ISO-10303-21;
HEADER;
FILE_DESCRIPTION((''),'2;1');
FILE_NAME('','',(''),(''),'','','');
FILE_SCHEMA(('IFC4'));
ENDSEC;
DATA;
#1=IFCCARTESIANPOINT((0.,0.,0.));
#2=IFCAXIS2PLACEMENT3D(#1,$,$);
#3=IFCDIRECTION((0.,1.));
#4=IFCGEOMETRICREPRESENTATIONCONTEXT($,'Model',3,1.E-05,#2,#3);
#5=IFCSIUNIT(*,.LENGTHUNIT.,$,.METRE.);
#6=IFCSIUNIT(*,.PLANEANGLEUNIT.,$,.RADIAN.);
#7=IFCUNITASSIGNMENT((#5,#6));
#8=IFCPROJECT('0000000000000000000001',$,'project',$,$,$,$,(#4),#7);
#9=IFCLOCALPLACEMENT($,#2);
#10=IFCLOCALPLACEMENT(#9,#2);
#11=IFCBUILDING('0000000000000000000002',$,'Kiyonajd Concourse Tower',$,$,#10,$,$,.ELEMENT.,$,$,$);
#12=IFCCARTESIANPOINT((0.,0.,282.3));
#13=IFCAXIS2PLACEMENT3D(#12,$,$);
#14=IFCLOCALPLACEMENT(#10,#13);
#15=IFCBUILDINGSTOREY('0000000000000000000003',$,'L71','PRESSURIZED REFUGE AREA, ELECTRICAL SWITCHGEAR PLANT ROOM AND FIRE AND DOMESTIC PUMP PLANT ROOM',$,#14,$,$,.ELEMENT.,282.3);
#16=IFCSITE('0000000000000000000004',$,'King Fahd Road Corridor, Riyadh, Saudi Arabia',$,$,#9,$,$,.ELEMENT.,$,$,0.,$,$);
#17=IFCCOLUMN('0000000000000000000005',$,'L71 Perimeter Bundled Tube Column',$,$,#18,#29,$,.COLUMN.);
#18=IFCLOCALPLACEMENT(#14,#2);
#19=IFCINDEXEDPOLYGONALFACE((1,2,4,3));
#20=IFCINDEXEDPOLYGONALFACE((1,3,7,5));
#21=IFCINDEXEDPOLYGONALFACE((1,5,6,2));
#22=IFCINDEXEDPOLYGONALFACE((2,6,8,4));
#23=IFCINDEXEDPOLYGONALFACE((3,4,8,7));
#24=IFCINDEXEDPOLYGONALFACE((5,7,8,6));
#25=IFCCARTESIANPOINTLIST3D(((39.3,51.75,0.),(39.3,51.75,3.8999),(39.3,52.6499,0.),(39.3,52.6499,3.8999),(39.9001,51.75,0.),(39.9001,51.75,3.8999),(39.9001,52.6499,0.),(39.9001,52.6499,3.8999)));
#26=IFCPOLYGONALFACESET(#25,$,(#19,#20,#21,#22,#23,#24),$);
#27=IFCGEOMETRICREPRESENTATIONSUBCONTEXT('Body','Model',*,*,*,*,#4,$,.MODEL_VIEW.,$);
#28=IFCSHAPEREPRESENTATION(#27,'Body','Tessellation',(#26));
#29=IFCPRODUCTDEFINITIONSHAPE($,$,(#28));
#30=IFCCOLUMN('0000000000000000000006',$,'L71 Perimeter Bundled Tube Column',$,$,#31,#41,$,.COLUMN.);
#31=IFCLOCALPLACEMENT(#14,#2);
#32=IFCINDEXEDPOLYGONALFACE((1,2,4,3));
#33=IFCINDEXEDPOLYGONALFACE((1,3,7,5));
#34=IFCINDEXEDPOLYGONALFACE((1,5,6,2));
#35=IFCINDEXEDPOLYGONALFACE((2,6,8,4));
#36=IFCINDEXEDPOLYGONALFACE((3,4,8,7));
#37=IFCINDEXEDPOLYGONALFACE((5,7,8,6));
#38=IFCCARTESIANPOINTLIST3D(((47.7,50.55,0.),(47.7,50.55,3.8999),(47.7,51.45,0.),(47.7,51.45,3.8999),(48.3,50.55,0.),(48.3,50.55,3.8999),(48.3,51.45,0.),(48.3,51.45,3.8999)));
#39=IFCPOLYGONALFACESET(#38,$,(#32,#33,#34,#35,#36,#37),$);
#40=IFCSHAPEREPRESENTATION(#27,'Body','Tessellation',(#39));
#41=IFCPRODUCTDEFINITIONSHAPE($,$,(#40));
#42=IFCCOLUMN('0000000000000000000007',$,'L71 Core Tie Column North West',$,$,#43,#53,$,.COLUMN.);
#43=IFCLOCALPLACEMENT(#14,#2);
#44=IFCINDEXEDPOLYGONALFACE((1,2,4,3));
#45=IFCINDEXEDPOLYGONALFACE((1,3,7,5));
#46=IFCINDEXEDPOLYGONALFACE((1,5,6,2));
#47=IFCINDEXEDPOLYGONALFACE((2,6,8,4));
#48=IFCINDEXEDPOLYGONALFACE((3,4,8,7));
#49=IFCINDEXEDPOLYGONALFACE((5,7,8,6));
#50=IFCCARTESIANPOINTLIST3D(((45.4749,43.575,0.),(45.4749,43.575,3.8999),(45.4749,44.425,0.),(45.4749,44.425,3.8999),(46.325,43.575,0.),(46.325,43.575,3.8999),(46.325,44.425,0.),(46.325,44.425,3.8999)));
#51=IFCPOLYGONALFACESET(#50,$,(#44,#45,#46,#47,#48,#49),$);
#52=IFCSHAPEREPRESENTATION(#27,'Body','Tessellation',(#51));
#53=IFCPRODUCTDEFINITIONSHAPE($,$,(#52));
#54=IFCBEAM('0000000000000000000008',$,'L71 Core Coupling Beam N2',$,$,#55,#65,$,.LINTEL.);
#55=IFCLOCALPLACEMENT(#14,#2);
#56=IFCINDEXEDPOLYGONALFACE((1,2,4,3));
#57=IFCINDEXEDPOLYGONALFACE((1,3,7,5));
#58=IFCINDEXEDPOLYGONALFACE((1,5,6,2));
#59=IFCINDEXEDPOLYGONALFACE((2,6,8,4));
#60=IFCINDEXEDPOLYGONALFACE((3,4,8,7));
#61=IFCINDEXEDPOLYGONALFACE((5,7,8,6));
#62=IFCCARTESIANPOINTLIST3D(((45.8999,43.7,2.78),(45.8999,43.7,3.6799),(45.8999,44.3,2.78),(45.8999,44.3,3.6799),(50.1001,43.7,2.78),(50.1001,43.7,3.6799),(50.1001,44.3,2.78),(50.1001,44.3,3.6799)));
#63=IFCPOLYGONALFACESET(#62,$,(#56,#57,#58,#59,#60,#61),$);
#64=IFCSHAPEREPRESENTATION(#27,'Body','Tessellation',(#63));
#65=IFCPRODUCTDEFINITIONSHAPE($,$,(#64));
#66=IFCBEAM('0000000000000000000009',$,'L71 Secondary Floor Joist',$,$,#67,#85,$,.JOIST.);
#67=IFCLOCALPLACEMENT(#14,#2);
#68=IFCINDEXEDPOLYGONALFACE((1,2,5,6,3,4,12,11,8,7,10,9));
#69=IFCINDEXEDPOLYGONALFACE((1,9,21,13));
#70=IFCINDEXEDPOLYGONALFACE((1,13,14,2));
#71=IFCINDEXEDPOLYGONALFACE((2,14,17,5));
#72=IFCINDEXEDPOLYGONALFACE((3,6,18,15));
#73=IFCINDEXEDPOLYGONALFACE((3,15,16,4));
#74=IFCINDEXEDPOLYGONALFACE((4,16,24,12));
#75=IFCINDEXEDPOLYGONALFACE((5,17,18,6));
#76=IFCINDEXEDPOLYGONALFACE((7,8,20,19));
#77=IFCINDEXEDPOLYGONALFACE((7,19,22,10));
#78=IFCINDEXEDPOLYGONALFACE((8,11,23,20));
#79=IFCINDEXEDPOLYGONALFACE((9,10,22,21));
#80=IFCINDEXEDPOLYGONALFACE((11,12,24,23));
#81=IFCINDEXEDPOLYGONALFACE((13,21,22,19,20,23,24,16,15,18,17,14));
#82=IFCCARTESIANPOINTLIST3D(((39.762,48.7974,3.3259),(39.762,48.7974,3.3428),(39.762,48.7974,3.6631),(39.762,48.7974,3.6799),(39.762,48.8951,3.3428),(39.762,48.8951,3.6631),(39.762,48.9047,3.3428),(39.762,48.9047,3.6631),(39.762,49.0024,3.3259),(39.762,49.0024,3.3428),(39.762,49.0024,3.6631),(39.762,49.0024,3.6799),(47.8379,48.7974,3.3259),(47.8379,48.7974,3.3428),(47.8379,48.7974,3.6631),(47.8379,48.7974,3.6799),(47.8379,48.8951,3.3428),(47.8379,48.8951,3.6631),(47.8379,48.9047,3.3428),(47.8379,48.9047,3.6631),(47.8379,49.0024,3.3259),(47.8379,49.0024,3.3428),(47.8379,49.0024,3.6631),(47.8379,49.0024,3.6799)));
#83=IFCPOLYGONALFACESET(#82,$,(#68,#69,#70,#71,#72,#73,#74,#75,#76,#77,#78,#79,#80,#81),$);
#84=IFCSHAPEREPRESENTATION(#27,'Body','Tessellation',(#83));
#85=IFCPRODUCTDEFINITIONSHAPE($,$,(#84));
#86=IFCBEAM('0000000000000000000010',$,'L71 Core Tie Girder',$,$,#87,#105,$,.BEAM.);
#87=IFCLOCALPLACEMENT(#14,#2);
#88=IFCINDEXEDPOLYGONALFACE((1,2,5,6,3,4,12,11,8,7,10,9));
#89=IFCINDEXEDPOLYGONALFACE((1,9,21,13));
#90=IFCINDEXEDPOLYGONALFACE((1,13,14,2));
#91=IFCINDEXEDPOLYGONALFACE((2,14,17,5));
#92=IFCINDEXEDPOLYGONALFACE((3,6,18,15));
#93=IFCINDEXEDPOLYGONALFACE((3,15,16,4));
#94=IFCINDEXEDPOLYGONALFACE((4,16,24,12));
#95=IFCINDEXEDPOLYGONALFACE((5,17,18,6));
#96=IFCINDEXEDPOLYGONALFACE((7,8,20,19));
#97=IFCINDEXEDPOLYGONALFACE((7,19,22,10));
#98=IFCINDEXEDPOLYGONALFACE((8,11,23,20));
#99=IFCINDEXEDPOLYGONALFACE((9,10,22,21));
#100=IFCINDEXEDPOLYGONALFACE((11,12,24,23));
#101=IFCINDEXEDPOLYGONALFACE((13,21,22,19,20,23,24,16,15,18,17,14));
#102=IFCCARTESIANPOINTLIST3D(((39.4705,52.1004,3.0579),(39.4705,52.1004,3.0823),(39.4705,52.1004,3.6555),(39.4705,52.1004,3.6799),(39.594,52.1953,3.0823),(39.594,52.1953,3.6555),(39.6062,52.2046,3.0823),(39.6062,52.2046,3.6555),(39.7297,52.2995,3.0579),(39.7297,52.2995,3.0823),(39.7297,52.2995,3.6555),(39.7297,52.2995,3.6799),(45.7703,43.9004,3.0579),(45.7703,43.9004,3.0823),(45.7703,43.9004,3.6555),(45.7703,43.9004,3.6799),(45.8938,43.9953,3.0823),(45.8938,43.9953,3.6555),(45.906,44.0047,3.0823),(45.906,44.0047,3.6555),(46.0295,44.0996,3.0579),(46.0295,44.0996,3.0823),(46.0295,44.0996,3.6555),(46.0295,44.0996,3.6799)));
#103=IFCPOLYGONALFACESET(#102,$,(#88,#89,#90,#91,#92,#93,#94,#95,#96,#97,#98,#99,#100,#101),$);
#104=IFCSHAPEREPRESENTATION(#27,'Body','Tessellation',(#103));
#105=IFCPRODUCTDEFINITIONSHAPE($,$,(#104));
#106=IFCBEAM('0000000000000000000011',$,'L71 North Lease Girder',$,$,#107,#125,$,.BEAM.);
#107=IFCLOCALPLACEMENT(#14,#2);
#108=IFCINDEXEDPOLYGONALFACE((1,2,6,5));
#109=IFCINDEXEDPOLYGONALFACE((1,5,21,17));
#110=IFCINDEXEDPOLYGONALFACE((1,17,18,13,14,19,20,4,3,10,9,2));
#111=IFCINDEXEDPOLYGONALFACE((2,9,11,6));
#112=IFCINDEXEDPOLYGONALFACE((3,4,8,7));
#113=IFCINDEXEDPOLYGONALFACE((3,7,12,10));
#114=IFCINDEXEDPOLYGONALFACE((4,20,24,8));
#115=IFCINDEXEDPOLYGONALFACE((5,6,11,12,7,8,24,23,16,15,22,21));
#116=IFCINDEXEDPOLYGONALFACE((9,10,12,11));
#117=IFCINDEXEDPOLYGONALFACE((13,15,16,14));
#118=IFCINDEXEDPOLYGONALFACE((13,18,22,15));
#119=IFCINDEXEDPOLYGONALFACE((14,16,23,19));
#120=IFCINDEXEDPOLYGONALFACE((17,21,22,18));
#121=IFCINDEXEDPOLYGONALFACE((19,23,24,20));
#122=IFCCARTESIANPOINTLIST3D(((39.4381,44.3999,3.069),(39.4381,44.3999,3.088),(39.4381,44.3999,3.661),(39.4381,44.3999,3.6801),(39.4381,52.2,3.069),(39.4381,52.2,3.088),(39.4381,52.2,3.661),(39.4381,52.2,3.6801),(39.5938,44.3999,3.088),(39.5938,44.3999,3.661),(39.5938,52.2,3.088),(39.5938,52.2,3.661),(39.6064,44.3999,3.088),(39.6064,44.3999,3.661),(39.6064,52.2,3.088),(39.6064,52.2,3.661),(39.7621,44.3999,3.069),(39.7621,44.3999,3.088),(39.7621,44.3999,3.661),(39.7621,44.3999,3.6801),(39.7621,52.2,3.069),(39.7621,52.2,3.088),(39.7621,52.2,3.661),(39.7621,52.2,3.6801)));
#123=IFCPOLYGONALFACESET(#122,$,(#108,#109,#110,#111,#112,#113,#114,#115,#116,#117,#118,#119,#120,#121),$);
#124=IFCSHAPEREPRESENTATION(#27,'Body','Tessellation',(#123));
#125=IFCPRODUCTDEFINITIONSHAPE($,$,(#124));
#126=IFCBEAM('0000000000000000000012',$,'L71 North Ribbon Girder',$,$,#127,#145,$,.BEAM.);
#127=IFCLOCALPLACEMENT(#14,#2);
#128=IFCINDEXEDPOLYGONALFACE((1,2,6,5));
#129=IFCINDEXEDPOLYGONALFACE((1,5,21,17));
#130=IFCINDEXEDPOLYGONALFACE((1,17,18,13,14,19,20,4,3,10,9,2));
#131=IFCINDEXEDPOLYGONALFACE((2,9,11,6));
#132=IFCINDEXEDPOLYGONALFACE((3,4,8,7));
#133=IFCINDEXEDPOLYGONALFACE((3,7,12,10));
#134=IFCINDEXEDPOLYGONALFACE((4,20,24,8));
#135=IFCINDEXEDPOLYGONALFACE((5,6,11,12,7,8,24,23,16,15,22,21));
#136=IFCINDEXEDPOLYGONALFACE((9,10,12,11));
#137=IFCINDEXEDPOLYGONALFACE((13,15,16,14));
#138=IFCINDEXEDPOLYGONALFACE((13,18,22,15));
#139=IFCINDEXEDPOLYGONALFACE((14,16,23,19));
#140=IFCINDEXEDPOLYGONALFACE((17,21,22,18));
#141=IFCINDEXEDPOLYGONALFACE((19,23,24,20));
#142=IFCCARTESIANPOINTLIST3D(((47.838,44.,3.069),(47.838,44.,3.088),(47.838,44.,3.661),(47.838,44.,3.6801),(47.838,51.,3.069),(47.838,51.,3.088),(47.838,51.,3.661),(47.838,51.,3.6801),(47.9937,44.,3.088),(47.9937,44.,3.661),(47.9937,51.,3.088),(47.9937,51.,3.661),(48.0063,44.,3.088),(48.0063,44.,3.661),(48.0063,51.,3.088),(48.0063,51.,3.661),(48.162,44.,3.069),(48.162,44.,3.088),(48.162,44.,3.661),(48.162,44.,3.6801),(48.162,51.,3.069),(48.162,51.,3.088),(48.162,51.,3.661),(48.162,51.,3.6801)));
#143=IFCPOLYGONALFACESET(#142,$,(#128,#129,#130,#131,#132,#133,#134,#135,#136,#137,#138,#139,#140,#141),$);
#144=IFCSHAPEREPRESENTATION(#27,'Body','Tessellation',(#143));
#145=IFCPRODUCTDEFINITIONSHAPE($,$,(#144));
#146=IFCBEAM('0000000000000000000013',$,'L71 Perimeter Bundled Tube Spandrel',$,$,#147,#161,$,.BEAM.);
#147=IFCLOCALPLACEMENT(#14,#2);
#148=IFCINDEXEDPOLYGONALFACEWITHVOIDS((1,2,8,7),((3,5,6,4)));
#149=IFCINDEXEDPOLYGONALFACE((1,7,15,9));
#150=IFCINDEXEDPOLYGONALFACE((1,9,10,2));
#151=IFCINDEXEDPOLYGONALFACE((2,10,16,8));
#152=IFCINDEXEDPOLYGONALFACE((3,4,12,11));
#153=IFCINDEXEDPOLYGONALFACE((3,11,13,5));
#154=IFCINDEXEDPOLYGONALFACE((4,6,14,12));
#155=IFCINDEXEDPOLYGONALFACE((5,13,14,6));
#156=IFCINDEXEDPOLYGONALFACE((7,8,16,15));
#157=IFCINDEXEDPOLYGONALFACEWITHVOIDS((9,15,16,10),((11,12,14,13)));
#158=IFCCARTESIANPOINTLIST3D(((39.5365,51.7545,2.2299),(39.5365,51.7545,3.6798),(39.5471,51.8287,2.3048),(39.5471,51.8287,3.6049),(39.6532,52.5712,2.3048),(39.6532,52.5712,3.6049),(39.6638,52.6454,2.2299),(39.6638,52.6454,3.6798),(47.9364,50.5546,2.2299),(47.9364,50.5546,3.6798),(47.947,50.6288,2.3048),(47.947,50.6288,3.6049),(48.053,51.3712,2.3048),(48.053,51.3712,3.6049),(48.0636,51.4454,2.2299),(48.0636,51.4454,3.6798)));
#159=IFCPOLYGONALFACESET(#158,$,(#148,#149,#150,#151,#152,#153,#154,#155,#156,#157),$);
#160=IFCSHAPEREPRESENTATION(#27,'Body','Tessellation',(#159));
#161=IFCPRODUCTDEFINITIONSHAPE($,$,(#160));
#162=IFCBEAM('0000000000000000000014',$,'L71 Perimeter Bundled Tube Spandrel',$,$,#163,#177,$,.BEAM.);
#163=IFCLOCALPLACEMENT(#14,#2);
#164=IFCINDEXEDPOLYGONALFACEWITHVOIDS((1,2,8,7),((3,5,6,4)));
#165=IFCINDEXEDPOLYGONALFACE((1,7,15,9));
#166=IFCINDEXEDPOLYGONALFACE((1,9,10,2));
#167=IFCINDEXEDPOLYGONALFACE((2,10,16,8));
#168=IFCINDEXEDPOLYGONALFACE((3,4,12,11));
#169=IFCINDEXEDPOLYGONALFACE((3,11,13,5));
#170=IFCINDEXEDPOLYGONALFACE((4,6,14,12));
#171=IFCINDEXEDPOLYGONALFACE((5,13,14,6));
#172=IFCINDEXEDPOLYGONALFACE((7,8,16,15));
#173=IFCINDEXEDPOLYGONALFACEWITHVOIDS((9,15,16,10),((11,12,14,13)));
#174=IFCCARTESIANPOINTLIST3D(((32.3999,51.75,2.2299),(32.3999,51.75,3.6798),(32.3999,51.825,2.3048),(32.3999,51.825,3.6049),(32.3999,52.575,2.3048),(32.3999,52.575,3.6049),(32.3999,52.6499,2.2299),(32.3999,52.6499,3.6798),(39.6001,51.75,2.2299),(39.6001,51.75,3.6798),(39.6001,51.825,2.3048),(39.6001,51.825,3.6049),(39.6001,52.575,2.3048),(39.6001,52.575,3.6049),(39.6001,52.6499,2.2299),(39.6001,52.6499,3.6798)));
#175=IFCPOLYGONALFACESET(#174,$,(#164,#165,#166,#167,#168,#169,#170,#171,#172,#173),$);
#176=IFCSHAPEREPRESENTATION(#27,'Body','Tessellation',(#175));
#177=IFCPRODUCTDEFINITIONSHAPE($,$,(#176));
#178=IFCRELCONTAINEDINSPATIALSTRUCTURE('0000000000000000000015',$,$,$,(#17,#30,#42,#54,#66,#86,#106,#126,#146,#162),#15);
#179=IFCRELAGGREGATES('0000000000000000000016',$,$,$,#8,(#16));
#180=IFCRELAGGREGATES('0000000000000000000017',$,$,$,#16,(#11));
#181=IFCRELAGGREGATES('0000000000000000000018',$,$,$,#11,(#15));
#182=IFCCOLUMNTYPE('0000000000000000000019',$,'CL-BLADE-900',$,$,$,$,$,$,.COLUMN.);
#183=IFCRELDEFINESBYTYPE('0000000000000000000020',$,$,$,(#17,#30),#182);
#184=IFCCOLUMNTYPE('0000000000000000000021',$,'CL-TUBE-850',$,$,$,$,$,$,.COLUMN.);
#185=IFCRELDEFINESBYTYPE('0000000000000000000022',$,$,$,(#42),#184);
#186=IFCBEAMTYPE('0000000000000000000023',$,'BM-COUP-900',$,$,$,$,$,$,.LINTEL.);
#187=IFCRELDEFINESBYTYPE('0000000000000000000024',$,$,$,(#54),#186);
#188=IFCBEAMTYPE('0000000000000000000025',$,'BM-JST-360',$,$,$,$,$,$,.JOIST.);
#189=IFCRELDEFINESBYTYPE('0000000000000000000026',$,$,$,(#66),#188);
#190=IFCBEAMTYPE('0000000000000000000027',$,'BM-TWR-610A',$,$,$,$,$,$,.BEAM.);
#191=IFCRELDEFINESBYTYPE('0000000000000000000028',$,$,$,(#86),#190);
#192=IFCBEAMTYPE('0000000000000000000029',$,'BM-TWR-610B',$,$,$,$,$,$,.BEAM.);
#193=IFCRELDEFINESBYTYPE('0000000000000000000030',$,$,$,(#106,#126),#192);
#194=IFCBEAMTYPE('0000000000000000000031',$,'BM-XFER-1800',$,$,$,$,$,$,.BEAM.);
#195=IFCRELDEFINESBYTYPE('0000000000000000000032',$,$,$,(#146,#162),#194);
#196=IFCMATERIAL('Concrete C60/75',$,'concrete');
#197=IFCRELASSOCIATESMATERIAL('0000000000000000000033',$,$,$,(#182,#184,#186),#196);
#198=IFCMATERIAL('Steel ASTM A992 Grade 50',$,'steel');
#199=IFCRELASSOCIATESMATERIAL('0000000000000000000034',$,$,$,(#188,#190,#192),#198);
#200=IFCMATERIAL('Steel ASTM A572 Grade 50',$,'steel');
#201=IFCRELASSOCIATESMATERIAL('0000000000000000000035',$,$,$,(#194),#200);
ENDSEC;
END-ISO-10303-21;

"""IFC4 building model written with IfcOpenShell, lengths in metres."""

from ifc_helpers import new_model, si_unit, direction, frame, origin, origin_2d, place, context, subcontext, project, spatial, rectangle, hollow_rectangle, i_section, extrude, material, material_profile, profile_set, type_object, element, save


model = new_model("IFC4")

# Units and contexts
model_context = context("Model", 3, precision=1e-05, world=origin(), true_north=direction((0.0, 1.0)))
body_context = subcontext(model_context, "Body", "Model", "MODEL_VIEW")
ifc_project = project(units=[si_unit("LENGTHUNIT", "METRE"), si_unit("PLANEANGLEUNIT", "RADIAN")], contexts=[model_context])

# Site, building, storey
site_placement = place(None, origin())
site = spatial("IfcSite", under=ifc_project, at=site_placement, Name="King Fahd Road Corridor, Riyadh, Saudi Arabia", CompositionType="ELEMENT", RefElevation=0.0)
building_placement = place(site_placement, origin())
building = spatial("IfcBuilding", under=site, at=building_placement, Name="Kiyonajd Concourse Tower", CompositionType="ELEMENT")
storey_placement = place(building_placement, frame((0.0, 0.0, 282.3)))
storey = spatial("IfcBuildingStorey", under=building, at=storey_placement, Name="L71", Description="PRESSURIZED REFUGE AREA, ELECTRICAL SWITCHGEAR PLANT ROOM AND FIRE AND DOMESTIC PUMP PLANT ROOM", CompositionType="ELEMENT", Elevation=282.3)

# Columns
ifc_material_1 = material(Name="Concrete C60/75", Category="concrete")
ifc_material_profile_1 = material_profile(ifc_material_1, rectangle(XDim=0.6001, YDim=0.8999, at=origin_2d()), Name="RC-900x600")
ifc_profile_set_1 = profile_set([ifc_material_profile_1], Name="Concrete C60/75")
column_type_1 = type_object("IfcColumnType", Name="CL-BLADE-900", PredefinedType="COLUMN", material=ifc_profile_set_1)
for number, where, z_axis, x_axis, name in (
    (1, (39.6001, 52.2, 0.0), (0.0, 0.0, 1.0), (1.0, 0.0, 0.0), "L71 Perimeter Bundled Tube Column"),
    (2, (48.0, 51.0, 0.0), (0.0, 0.0, 1.0), (1.0, 0.0, 0.0), "L71 Perimeter Bundled Tube Column"),
):
    element("IfcColumn", number, at=place(storey_placement, frame(where, z_axis=z_axis, x_axis=x_axis)), inside=storey, type_object=column_type_1, Name=name, PredefinedType="COLUMN", context=body_context, shape_type="SweptSolid", body=[
        extrude(rectangle(XDim=0.6001, YDim=0.8999, at=origin_2d()), origin(), (0.0, 0.0, 1.0), 3.8999),
    ])
ifc_material_profile_2 = material_profile(ifc_material_1, rectangle(XDim=0.8501, YDim=0.8501, at=origin_2d()), Name="RC-850x850")
ifc_profile_set_2 = profile_set([ifc_material_profile_2], Name="Concrete C60/75")
column_type_2 = type_object("IfcColumnType", Name="CL-TUBE-850", PredefinedType="COLUMN", material=ifc_profile_set_2)
column_placement = place(storey_placement, frame((45.8999, 44.0, 0.0), z_axis=(0.0, 0.0, 1.0), x_axis=(1.0, 0.0, 0.0)))
element("IfcColumn", 3, at=column_placement, inside=storey, type_object=column_type_2, Name="L71 Core Tie Column North West", PredefinedType="COLUMN", context=body_context, shape_type="SweptSolid", body=[
    extrude(rectangle(XDim=0.8501, YDim=0.8501, at=origin_2d()), origin(), (0.0, 0.0, 1.0), 3.8999),
])

# Beams
ifc_material_profile_3 = material_profile(ifc_material_1, rectangle(XDim=0.6001, YDim=0.8999, at=origin_2d()), Name="RCBM-600x900")
ifc_profile_set_3 = profile_set([ifc_material_profile_3], Name="Concrete C60/75")
beam_type_1 = type_object("IfcBeamType", Name="BM-COUP-900", PredefinedType="LINTEL", material=ifc_profile_set_3)
beam_1_placement = place(storey_placement, frame((45.8999, 44.0, 3.23), z_axis=(1.0, 0.0, 0.0), x_axis=(0.0, 1.0, 0.0)))
element("IfcBeam", 4, at=beam_1_placement, inside=storey, type_object=beam_type_1, Name="L71 Core Coupling Beam N2", PredefinedType="LINTEL", context=body_context, shape_type="SweptSolid", body=[
    extrude(rectangle(XDim=0.6001, YDim=0.8999, at=origin_2d()), origin(), (0.0, 0.0, 1.0), 4.2002),
])
ifc_material_2 = material(Name="Steel ASTM A992 Grade 50", Category="steel")
ifc_material_profile_4 = material_profile(ifc_material_2, i_section(OverallWidth=0.2051, OverallDepth=0.354, WebThickness=0.0095, FlangeThickness=0.0168, at=origin_2d()), Name="W360X79")
ifc_profile_set_4 = profile_set([ifc_material_profile_4], Name="Steel ASTM A992 Grade 50")
beam_type_2 = type_object("IfcBeamType", Name="BM-JST-360", PredefinedType="JOIST", material=ifc_profile_set_4)
beam_2_placement = place(storey_placement, frame((39.762, 48.8999, 3.5029), z_axis=(1.0, 0.0, 0.0), x_axis=(0.0, 1.0, 0.0)))
element("IfcBeam", 5, at=beam_2_placement, inside=storey, type_object=beam_type_2, Name="L71 Secondary Floor Joist", PredefinedType="JOIST", context=body_context, shape_type="SweptSolid", body=[
    extrude(i_section(OverallWidth=0.2051, OverallDepth=0.354, WebThickness=0.0095, FlangeThickness=0.0168, at=origin_2d()), origin(), (0.0, 0.0, 1.0), 8.0759),
])
ifc_material_profile_5 = material_profile(ifc_material_2, i_section(OverallWidth=0.3269, OverallDepth=0.6221, WebThickness=0.0154, FlangeThickness=0.0244, at=origin_2d()), Name="W610X195")
ifc_profile_set_5 = profile_set([ifc_material_profile_5], Name="Steel ASTM A992 Grade 50")
beam_type_3 = type_object("IfcBeamType", Name="BM-TWR-610A", PredefinedType="BEAM", material=ifc_profile_set_5)
beam_3_placement = place(storey_placement, frame((39.6001, 52.2, 3.3689), z_axis=(0.609234, -0.792991, 0.0), x_axis=(0.792991, 0.609234, 0.0)))
element("IfcBeam", 6, at=beam_3_placement, inside=storey, type_object=beam_type_3, Name="L71 Core Tie Girder", PredefinedType="BEAM", context=body_context, shape_type="SweptSolid", body=[
    extrude(i_section(OverallWidth=0.3269, OverallDepth=0.6221, WebThickness=0.0154, FlangeThickness=0.0244, at=origin_2d()), origin(), (0.0, 0.0, 1.0), 10.3406),
])
ifc_material_profile_6 = material_profile(ifc_material_2, i_section(OverallWidth=0.324, OverallDepth=0.6111, WebThickness=0.0127, FlangeThickness=0.019, at=origin_2d()), Name="W610X155")
ifc_profile_set_6 = profile_set([ifc_material_profile_6], Name="Steel ASTM A992 Grade 50")
beam_type_4 = type_object("IfcBeamType", Name="BM-TWR-610B", PredefinedType="BEAM", material=ifc_profile_set_6)
beam_4_placement = place(storey_placement, frame((39.6001, 44.3999, 3.3745), z_axis=(0.0, 1.0, 0.0), x_axis=(-1.0, 0.0, 0.0)))
element("IfcBeam", 7, at=beam_4_placement, inside=storey, type_object=beam_type_4, Name="L71 North Lease Girder", PredefinedType="BEAM", context=body_context, shape_type="SweptSolid", body=[
    extrude(i_section(OverallWidth=0.324, OverallDepth=0.6111, WebThickness=0.0127, FlangeThickness=0.019, at=origin_2d()), origin(), (0.0, 0.0, 1.0), 7.8),
])
beam_5_placement = place(storey_placement, frame((48.0, 44.0, 3.3745), z_axis=(0.0, 1.0, 0.0), x_axis=(-1.0, 0.0, 0.0)))
element("IfcBeam", 8, at=beam_5_placement, inside=storey, type_object=beam_type_4, Name="L71 North Ribbon Girder", PredefinedType="BEAM", context=body_context, shape_type="SweptSolid", body=[
    extrude(i_section(OverallWidth=0.324, OverallDepth=0.6111, WebThickness=0.0127, FlangeThickness=0.019, at=origin_2d()), origin(), (0.0, 0.0, 1.0), 7.0),
])
ifc_material_3 = material(Name="Steel ASTM A572 Grade 50", Category="steel")
ifc_material_profile_7 = material_profile(ifc_material_3, hollow_rectangle(XDim=0.8999, YDim=1.45, WallThickness=0.075, at=origin_2d()), Name="BOX-1450x900x75")
ifc_profile_set_7 = profile_set([ifc_material_profile_7], Name="Steel ASTM A572 Grade 50")
beam_type_5 = type_object("IfcBeamType", Name="BM-XFER-1800", PredefinedType="BEAM", material=ifc_profile_set_7)
beam_6_placement = place(storey_placement, frame((48.0, 51.0, 2.9548), z_axis=(-0.98995, 0.141417, 0.0), x_axis=(-0.141417, -0.98995, 0.0)))
element("IfcBeam", 9, at=beam_6_placement, inside=storey, type_object=beam_type_5, Name="L71 Perimeter Bundled Tube Spandrel", PredefinedType="BEAM", context=body_context, shape_type="SweptSolid", body=[
    extrude(hollow_rectangle(XDim=0.8999, YDim=1.45, WallThickness=0.075, at=origin_2d()), origin(), (0.0, 0.0, 1.0), 8.4851),
])
beam_7_placement = place(storey_placement, frame((39.6001, 52.2, 2.9548), z_axis=(-1.0, 0.0, 0.0), x_axis=(0.0, -1.0, 0.0)))
element("IfcBeam", 10, at=beam_7_placement, inside=storey, type_object=beam_type_5, Name="L71 Perimeter Bundled Tube Spandrel", PredefinedType="BEAM", context=body_context, shape_type="SweptSolid", body=[
    extrude(hollow_rectangle(XDim=0.8999, YDim=1.45, WallThickness=0.075, at=origin_2d()), origin(), (0.0, 0.0, 1.0), 7.2002),
])

save(model, "model.ifc")
